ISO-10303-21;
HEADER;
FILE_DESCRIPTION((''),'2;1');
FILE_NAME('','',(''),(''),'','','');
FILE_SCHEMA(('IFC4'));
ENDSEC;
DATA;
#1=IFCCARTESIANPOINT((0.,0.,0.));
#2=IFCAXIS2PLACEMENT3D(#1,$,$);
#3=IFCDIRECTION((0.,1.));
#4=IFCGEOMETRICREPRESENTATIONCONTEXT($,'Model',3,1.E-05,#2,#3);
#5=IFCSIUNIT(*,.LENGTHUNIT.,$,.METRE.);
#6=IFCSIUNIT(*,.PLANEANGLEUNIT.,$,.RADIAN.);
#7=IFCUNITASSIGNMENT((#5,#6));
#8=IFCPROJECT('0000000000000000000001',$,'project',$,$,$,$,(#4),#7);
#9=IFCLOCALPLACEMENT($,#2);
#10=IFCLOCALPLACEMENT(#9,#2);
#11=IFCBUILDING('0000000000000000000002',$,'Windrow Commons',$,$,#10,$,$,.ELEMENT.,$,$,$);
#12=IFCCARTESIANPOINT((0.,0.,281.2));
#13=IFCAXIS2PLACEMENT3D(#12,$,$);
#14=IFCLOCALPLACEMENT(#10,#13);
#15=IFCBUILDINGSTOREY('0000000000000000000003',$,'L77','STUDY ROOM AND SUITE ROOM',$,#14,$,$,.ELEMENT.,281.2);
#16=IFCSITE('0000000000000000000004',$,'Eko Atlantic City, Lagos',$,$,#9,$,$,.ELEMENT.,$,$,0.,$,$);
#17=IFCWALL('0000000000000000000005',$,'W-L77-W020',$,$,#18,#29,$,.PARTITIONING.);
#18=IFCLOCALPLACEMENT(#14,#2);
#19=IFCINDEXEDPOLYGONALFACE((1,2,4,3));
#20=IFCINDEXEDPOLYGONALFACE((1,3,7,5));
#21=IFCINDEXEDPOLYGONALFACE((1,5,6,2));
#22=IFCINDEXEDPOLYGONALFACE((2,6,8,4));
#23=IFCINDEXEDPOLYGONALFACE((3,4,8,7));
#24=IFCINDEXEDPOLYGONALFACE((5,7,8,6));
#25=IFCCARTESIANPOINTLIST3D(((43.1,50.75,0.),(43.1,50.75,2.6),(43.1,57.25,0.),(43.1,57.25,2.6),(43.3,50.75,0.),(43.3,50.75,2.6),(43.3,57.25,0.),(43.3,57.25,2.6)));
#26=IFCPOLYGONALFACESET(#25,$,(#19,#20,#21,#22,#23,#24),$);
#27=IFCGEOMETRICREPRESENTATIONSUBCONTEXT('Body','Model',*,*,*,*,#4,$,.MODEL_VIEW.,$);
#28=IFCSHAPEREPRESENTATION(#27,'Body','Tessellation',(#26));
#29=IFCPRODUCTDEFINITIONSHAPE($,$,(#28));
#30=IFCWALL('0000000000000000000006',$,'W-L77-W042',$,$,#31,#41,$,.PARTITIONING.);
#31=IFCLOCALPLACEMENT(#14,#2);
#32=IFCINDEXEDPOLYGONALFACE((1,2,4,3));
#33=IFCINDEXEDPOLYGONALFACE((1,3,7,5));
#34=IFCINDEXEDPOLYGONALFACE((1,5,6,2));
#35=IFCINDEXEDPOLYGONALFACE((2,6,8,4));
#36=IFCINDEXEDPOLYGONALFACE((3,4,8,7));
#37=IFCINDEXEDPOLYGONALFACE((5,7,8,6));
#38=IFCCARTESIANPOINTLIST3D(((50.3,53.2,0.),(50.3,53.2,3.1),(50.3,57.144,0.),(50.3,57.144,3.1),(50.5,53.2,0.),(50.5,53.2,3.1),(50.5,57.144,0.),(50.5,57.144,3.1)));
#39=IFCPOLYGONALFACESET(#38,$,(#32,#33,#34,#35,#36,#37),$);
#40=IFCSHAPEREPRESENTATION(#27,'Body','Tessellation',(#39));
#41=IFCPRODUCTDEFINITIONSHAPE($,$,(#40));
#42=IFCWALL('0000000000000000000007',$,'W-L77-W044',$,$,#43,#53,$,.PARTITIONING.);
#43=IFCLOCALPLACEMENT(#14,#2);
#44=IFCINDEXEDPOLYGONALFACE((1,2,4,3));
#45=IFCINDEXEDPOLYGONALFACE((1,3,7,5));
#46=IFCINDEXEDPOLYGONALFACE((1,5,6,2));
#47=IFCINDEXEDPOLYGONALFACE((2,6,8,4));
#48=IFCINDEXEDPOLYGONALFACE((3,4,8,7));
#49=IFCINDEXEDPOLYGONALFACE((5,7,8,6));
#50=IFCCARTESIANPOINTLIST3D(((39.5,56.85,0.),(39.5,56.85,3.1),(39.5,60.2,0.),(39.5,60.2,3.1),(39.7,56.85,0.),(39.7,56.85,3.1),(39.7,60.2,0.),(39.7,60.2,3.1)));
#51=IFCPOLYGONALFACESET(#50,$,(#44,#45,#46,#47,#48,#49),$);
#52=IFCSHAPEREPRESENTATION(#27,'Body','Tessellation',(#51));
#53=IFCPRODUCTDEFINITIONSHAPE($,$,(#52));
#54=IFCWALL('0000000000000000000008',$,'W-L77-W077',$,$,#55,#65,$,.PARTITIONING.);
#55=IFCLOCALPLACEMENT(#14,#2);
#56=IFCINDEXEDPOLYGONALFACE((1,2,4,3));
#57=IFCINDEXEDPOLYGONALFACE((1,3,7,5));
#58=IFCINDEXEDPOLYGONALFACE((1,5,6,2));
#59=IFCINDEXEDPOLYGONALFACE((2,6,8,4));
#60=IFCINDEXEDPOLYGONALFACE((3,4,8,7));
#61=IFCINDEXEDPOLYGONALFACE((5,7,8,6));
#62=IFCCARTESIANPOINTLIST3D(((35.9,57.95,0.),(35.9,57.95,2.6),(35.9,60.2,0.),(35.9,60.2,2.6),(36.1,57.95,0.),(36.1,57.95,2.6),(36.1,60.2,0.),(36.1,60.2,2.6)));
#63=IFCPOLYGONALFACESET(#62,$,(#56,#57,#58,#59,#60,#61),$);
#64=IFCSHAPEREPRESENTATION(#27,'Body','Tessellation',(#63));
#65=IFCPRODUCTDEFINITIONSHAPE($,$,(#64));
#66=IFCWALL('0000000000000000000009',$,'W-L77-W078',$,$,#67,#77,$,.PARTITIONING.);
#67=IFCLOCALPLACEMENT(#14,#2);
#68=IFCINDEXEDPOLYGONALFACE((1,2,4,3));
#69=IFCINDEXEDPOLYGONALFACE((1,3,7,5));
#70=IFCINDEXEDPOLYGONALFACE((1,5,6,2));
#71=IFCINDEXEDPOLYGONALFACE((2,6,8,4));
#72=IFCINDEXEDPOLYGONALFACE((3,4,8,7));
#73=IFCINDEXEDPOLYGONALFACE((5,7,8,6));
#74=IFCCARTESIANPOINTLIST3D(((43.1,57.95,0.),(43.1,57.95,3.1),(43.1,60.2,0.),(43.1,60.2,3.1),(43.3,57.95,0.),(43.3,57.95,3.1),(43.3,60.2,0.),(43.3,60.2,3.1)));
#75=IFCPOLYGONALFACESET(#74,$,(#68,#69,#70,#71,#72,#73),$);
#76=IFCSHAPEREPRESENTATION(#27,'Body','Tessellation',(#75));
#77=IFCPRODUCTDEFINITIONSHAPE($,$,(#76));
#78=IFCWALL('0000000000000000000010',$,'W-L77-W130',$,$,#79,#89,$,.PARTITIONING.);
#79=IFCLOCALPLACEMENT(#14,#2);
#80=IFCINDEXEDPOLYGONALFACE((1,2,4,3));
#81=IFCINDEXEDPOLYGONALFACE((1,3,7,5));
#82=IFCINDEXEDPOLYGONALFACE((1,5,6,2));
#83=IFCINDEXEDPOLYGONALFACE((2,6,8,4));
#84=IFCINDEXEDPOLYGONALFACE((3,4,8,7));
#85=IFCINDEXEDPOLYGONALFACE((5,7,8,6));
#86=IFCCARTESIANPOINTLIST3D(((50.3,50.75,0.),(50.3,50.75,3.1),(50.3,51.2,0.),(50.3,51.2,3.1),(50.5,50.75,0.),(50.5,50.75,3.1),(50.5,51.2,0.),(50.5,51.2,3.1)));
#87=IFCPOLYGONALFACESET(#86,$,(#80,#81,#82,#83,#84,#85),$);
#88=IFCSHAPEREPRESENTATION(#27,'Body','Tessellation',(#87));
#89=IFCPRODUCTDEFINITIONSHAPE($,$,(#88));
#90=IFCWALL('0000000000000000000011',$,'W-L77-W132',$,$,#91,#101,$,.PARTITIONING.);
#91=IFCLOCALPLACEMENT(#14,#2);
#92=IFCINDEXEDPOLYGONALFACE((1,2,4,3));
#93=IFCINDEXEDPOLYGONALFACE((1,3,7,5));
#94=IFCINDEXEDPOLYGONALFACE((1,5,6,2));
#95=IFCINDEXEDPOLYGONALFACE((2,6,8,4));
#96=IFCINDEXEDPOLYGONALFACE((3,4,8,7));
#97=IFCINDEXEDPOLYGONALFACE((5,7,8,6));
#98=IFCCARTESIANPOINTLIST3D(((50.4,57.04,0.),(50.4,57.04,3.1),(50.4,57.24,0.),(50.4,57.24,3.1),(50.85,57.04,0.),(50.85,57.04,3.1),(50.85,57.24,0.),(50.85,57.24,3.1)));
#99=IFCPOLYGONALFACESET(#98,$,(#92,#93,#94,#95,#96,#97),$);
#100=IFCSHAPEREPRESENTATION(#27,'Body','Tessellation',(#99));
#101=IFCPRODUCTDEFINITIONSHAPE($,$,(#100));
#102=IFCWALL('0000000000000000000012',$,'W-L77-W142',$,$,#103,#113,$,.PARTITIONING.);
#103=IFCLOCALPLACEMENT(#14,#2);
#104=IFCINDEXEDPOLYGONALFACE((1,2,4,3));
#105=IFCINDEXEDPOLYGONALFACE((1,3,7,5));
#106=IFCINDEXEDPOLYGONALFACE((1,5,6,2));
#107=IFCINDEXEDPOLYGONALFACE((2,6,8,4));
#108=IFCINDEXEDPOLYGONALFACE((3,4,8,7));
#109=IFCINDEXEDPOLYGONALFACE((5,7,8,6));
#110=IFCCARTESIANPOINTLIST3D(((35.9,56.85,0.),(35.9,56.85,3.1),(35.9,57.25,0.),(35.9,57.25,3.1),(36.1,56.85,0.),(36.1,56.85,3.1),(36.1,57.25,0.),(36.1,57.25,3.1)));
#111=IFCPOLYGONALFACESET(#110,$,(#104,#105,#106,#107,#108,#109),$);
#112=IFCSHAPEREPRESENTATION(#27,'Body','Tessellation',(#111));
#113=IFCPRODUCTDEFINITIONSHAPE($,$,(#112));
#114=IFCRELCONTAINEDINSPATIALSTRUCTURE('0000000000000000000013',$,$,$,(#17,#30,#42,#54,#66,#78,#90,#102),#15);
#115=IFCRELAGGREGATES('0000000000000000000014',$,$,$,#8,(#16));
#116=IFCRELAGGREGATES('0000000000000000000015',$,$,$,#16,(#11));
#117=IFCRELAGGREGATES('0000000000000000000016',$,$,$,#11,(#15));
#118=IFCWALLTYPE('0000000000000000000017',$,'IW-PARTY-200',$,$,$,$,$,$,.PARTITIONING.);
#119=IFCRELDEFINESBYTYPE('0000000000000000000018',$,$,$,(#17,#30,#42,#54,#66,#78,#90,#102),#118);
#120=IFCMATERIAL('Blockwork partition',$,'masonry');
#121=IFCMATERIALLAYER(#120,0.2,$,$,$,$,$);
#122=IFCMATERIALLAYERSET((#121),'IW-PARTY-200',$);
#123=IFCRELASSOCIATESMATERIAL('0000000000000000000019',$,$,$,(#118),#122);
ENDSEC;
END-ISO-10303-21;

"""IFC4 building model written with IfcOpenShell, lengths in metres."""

from ifc_helpers import new_model, si_unit, direction, frame, frame_2d, origin, place, context, subcontext, project, spatial, rectangle, extrude, material, layer, layer_set, type_object, element, save


model = new_model("IFC4")

# Units and contexts
model_context = context("Model", 3, precision=1e-05, world=origin(), true_north=direction((0.0, 1.0)))
body_context = subcontext(model_context, "Body", "Model", "MODEL_VIEW")
ifc_project = project(units=[si_unit("LENGTHUNIT", "METRE"), si_unit("PLANEANGLEUNIT", "RADIAN")], contexts=[model_context])

# Site, building, storey
site_placement = place(None, origin())
site = spatial("IfcSite", under=ifc_project, at=site_placement, Name="Eko Atlantic City, Lagos", CompositionType="ELEMENT", RefElevation=0.0)
building_placement = place(site_placement, origin())
building = spatial("IfcBuilding", under=site, at=building_placement, Name="Windrow Commons", CompositionType="ELEMENT")
storey_placement = place(building_placement, frame((0.0, 0.0, 281.2)))
storey = spatial("IfcBuildingStorey", under=building, at=storey_placement, Name="L77", Description="STUDY ROOM AND SUITE ROOM", CompositionType="ELEMENT", Elevation=281.2)

# Walls
ifc_material_1 = material(Name="Blockwork partition", Category="masonry")
ifc_layer_1 = layer(ifc_material_1, 0.2)
ifc_layer_set_1 = layer_set([ifc_layer_1], Name="IW-PARTY-200")
wall_type_1 = type_object("IfcWallType", Name="IW-PARTY-200", PredefinedType="PARTITIONING", material=ifc_layer_set_1)
wall_1_placement = place(storey_placement, frame((43.2, 50.75, 0.0), z_axis=(0.0, 0.0, 1.0), x_axis=(0.0, 1.0, 0.0)))
element("IfcWall", 1, at=wall_1_placement, inside=storey, type_object=wall_type_1, Name="W-L77-W020", PredefinedType="PARTITIONING", context=body_context, shape_type="SweptSolid", body=[
    extrude(rectangle(XDim=6.5, YDim=0.2, at=frame_2d((3.25, 0.0))), origin(), (0.0, 0.0, 1.0), 2.6),
])
wall_2_placement = place(storey_placement, frame((50.4, 53.2, 0.0), z_axis=(0.0, 0.0, 1.0), x_axis=(0.0, 1.0, 0.0)))
element("IfcWall", 2, at=wall_2_placement, inside=storey, type_object=wall_type_1, Name="W-L77-W042", PredefinedType="PARTITIONING", context=body_context, shape_type="SweptSolid", body=[
    extrude(rectangle(XDim=3.944, YDim=0.2, at=frame_2d((1.972, 0.0))), origin(), (0.0, 0.0, 1.0), 3.1),
])
wall_3_placement = place(storey_placement, frame((39.6, 56.85, 0.0), z_axis=(0.0, 0.0, 1.0), x_axis=(0.0, 1.0, 0.0)))
element("IfcWall", 3, at=wall_3_placement, inside=storey, type_object=wall_type_1, Name="W-L77-W044", PredefinedType="PARTITIONING", context=body_context, shape_type="SweptSolid", body=[
    extrude(rectangle(XDim=3.35, YDim=0.2, at=frame_2d((1.675, 0.0))), origin(), (0.0, 0.0, 1.0), 3.1),
])
wall_4_placement = place(storey_placement, frame((36.0, 57.95, 0.0), z_axis=(0.0, 0.0, 1.0), x_axis=(0.0, 1.0, 0.0)))
element("IfcWall", 4, at=wall_4_placement, inside=storey, type_object=wall_type_1, Name="W-L77-W077", PredefinedType="PARTITIONING", context=body_context, shape_type="SweptSolid", body=[
    extrude(rectangle(XDim=2.25, YDim=0.2, at=frame_2d((1.125, 0.0))), origin(), (0.0, 0.0, 1.0), 2.6),
])
wall_5_placement = place(storey_placement, frame((43.2, 57.95, 0.0), z_axis=(0.0, 0.0, 1.0), x_axis=(0.0, 1.0, 0.0)))
element("IfcWall", 5, at=wall_5_placement, inside=storey, type_object=wall_type_1, Name="W-L77-W078", PredefinedType="PARTITIONING", context=body_context, shape_type="SweptSolid", body=[
    extrude(rectangle(XDim=2.25, YDim=0.2, at=frame_2d((1.125, 0.0))), origin(), (0.0, 0.0, 1.0), 3.1),
])
for number, where, z_axis, x_axis, name in (
    (6, (50.4, 50.75, 0.0), (0.0, 0.0, 1.0), (0.0, 1.0, 0.0), "W-L77-W130"),
    (7, (50.4, 57.14, 0.0), (0.0, 0.0, 1.0), (1.0, 0.0, 0.0), "W-L77-W132"),
):
    element("IfcWall", number, at=place(storey_placement, frame(where, z_axis=z_axis, x_axis=x_axis)), inside=storey, type_object=wall_type_1, Name=name, PredefinedType="PARTITIONING", context=body_context, shape_type="SweptSolid", body=[
        extrude(rectangle(XDim=0.45, YDim=0.2, at=frame_2d((0.225, 0.0))), origin(), (0.0, 0.0, 1.0), 3.1),
    ])
wall_6_placement = place(storey_placement, frame((36.0, 56.85, 0.0), z_axis=(0.0, 0.0, 1.0), x_axis=(0.0, 1.0, 0.0)))
element("IfcWall", 8, at=wall_6_placement, inside=storey, type_object=wall_type_1, Name="W-L77-W142", PredefinedType="PARTITIONING", context=body_context, shape_type="SweptSolid", body=[
    extrude(rectangle(XDim=0.4, YDim=0.2, at=frame_2d((0.2, 0.0))), origin(), (0.0, 0.0, 1.0), 3.1),
])

save(model, "model.ifc")
